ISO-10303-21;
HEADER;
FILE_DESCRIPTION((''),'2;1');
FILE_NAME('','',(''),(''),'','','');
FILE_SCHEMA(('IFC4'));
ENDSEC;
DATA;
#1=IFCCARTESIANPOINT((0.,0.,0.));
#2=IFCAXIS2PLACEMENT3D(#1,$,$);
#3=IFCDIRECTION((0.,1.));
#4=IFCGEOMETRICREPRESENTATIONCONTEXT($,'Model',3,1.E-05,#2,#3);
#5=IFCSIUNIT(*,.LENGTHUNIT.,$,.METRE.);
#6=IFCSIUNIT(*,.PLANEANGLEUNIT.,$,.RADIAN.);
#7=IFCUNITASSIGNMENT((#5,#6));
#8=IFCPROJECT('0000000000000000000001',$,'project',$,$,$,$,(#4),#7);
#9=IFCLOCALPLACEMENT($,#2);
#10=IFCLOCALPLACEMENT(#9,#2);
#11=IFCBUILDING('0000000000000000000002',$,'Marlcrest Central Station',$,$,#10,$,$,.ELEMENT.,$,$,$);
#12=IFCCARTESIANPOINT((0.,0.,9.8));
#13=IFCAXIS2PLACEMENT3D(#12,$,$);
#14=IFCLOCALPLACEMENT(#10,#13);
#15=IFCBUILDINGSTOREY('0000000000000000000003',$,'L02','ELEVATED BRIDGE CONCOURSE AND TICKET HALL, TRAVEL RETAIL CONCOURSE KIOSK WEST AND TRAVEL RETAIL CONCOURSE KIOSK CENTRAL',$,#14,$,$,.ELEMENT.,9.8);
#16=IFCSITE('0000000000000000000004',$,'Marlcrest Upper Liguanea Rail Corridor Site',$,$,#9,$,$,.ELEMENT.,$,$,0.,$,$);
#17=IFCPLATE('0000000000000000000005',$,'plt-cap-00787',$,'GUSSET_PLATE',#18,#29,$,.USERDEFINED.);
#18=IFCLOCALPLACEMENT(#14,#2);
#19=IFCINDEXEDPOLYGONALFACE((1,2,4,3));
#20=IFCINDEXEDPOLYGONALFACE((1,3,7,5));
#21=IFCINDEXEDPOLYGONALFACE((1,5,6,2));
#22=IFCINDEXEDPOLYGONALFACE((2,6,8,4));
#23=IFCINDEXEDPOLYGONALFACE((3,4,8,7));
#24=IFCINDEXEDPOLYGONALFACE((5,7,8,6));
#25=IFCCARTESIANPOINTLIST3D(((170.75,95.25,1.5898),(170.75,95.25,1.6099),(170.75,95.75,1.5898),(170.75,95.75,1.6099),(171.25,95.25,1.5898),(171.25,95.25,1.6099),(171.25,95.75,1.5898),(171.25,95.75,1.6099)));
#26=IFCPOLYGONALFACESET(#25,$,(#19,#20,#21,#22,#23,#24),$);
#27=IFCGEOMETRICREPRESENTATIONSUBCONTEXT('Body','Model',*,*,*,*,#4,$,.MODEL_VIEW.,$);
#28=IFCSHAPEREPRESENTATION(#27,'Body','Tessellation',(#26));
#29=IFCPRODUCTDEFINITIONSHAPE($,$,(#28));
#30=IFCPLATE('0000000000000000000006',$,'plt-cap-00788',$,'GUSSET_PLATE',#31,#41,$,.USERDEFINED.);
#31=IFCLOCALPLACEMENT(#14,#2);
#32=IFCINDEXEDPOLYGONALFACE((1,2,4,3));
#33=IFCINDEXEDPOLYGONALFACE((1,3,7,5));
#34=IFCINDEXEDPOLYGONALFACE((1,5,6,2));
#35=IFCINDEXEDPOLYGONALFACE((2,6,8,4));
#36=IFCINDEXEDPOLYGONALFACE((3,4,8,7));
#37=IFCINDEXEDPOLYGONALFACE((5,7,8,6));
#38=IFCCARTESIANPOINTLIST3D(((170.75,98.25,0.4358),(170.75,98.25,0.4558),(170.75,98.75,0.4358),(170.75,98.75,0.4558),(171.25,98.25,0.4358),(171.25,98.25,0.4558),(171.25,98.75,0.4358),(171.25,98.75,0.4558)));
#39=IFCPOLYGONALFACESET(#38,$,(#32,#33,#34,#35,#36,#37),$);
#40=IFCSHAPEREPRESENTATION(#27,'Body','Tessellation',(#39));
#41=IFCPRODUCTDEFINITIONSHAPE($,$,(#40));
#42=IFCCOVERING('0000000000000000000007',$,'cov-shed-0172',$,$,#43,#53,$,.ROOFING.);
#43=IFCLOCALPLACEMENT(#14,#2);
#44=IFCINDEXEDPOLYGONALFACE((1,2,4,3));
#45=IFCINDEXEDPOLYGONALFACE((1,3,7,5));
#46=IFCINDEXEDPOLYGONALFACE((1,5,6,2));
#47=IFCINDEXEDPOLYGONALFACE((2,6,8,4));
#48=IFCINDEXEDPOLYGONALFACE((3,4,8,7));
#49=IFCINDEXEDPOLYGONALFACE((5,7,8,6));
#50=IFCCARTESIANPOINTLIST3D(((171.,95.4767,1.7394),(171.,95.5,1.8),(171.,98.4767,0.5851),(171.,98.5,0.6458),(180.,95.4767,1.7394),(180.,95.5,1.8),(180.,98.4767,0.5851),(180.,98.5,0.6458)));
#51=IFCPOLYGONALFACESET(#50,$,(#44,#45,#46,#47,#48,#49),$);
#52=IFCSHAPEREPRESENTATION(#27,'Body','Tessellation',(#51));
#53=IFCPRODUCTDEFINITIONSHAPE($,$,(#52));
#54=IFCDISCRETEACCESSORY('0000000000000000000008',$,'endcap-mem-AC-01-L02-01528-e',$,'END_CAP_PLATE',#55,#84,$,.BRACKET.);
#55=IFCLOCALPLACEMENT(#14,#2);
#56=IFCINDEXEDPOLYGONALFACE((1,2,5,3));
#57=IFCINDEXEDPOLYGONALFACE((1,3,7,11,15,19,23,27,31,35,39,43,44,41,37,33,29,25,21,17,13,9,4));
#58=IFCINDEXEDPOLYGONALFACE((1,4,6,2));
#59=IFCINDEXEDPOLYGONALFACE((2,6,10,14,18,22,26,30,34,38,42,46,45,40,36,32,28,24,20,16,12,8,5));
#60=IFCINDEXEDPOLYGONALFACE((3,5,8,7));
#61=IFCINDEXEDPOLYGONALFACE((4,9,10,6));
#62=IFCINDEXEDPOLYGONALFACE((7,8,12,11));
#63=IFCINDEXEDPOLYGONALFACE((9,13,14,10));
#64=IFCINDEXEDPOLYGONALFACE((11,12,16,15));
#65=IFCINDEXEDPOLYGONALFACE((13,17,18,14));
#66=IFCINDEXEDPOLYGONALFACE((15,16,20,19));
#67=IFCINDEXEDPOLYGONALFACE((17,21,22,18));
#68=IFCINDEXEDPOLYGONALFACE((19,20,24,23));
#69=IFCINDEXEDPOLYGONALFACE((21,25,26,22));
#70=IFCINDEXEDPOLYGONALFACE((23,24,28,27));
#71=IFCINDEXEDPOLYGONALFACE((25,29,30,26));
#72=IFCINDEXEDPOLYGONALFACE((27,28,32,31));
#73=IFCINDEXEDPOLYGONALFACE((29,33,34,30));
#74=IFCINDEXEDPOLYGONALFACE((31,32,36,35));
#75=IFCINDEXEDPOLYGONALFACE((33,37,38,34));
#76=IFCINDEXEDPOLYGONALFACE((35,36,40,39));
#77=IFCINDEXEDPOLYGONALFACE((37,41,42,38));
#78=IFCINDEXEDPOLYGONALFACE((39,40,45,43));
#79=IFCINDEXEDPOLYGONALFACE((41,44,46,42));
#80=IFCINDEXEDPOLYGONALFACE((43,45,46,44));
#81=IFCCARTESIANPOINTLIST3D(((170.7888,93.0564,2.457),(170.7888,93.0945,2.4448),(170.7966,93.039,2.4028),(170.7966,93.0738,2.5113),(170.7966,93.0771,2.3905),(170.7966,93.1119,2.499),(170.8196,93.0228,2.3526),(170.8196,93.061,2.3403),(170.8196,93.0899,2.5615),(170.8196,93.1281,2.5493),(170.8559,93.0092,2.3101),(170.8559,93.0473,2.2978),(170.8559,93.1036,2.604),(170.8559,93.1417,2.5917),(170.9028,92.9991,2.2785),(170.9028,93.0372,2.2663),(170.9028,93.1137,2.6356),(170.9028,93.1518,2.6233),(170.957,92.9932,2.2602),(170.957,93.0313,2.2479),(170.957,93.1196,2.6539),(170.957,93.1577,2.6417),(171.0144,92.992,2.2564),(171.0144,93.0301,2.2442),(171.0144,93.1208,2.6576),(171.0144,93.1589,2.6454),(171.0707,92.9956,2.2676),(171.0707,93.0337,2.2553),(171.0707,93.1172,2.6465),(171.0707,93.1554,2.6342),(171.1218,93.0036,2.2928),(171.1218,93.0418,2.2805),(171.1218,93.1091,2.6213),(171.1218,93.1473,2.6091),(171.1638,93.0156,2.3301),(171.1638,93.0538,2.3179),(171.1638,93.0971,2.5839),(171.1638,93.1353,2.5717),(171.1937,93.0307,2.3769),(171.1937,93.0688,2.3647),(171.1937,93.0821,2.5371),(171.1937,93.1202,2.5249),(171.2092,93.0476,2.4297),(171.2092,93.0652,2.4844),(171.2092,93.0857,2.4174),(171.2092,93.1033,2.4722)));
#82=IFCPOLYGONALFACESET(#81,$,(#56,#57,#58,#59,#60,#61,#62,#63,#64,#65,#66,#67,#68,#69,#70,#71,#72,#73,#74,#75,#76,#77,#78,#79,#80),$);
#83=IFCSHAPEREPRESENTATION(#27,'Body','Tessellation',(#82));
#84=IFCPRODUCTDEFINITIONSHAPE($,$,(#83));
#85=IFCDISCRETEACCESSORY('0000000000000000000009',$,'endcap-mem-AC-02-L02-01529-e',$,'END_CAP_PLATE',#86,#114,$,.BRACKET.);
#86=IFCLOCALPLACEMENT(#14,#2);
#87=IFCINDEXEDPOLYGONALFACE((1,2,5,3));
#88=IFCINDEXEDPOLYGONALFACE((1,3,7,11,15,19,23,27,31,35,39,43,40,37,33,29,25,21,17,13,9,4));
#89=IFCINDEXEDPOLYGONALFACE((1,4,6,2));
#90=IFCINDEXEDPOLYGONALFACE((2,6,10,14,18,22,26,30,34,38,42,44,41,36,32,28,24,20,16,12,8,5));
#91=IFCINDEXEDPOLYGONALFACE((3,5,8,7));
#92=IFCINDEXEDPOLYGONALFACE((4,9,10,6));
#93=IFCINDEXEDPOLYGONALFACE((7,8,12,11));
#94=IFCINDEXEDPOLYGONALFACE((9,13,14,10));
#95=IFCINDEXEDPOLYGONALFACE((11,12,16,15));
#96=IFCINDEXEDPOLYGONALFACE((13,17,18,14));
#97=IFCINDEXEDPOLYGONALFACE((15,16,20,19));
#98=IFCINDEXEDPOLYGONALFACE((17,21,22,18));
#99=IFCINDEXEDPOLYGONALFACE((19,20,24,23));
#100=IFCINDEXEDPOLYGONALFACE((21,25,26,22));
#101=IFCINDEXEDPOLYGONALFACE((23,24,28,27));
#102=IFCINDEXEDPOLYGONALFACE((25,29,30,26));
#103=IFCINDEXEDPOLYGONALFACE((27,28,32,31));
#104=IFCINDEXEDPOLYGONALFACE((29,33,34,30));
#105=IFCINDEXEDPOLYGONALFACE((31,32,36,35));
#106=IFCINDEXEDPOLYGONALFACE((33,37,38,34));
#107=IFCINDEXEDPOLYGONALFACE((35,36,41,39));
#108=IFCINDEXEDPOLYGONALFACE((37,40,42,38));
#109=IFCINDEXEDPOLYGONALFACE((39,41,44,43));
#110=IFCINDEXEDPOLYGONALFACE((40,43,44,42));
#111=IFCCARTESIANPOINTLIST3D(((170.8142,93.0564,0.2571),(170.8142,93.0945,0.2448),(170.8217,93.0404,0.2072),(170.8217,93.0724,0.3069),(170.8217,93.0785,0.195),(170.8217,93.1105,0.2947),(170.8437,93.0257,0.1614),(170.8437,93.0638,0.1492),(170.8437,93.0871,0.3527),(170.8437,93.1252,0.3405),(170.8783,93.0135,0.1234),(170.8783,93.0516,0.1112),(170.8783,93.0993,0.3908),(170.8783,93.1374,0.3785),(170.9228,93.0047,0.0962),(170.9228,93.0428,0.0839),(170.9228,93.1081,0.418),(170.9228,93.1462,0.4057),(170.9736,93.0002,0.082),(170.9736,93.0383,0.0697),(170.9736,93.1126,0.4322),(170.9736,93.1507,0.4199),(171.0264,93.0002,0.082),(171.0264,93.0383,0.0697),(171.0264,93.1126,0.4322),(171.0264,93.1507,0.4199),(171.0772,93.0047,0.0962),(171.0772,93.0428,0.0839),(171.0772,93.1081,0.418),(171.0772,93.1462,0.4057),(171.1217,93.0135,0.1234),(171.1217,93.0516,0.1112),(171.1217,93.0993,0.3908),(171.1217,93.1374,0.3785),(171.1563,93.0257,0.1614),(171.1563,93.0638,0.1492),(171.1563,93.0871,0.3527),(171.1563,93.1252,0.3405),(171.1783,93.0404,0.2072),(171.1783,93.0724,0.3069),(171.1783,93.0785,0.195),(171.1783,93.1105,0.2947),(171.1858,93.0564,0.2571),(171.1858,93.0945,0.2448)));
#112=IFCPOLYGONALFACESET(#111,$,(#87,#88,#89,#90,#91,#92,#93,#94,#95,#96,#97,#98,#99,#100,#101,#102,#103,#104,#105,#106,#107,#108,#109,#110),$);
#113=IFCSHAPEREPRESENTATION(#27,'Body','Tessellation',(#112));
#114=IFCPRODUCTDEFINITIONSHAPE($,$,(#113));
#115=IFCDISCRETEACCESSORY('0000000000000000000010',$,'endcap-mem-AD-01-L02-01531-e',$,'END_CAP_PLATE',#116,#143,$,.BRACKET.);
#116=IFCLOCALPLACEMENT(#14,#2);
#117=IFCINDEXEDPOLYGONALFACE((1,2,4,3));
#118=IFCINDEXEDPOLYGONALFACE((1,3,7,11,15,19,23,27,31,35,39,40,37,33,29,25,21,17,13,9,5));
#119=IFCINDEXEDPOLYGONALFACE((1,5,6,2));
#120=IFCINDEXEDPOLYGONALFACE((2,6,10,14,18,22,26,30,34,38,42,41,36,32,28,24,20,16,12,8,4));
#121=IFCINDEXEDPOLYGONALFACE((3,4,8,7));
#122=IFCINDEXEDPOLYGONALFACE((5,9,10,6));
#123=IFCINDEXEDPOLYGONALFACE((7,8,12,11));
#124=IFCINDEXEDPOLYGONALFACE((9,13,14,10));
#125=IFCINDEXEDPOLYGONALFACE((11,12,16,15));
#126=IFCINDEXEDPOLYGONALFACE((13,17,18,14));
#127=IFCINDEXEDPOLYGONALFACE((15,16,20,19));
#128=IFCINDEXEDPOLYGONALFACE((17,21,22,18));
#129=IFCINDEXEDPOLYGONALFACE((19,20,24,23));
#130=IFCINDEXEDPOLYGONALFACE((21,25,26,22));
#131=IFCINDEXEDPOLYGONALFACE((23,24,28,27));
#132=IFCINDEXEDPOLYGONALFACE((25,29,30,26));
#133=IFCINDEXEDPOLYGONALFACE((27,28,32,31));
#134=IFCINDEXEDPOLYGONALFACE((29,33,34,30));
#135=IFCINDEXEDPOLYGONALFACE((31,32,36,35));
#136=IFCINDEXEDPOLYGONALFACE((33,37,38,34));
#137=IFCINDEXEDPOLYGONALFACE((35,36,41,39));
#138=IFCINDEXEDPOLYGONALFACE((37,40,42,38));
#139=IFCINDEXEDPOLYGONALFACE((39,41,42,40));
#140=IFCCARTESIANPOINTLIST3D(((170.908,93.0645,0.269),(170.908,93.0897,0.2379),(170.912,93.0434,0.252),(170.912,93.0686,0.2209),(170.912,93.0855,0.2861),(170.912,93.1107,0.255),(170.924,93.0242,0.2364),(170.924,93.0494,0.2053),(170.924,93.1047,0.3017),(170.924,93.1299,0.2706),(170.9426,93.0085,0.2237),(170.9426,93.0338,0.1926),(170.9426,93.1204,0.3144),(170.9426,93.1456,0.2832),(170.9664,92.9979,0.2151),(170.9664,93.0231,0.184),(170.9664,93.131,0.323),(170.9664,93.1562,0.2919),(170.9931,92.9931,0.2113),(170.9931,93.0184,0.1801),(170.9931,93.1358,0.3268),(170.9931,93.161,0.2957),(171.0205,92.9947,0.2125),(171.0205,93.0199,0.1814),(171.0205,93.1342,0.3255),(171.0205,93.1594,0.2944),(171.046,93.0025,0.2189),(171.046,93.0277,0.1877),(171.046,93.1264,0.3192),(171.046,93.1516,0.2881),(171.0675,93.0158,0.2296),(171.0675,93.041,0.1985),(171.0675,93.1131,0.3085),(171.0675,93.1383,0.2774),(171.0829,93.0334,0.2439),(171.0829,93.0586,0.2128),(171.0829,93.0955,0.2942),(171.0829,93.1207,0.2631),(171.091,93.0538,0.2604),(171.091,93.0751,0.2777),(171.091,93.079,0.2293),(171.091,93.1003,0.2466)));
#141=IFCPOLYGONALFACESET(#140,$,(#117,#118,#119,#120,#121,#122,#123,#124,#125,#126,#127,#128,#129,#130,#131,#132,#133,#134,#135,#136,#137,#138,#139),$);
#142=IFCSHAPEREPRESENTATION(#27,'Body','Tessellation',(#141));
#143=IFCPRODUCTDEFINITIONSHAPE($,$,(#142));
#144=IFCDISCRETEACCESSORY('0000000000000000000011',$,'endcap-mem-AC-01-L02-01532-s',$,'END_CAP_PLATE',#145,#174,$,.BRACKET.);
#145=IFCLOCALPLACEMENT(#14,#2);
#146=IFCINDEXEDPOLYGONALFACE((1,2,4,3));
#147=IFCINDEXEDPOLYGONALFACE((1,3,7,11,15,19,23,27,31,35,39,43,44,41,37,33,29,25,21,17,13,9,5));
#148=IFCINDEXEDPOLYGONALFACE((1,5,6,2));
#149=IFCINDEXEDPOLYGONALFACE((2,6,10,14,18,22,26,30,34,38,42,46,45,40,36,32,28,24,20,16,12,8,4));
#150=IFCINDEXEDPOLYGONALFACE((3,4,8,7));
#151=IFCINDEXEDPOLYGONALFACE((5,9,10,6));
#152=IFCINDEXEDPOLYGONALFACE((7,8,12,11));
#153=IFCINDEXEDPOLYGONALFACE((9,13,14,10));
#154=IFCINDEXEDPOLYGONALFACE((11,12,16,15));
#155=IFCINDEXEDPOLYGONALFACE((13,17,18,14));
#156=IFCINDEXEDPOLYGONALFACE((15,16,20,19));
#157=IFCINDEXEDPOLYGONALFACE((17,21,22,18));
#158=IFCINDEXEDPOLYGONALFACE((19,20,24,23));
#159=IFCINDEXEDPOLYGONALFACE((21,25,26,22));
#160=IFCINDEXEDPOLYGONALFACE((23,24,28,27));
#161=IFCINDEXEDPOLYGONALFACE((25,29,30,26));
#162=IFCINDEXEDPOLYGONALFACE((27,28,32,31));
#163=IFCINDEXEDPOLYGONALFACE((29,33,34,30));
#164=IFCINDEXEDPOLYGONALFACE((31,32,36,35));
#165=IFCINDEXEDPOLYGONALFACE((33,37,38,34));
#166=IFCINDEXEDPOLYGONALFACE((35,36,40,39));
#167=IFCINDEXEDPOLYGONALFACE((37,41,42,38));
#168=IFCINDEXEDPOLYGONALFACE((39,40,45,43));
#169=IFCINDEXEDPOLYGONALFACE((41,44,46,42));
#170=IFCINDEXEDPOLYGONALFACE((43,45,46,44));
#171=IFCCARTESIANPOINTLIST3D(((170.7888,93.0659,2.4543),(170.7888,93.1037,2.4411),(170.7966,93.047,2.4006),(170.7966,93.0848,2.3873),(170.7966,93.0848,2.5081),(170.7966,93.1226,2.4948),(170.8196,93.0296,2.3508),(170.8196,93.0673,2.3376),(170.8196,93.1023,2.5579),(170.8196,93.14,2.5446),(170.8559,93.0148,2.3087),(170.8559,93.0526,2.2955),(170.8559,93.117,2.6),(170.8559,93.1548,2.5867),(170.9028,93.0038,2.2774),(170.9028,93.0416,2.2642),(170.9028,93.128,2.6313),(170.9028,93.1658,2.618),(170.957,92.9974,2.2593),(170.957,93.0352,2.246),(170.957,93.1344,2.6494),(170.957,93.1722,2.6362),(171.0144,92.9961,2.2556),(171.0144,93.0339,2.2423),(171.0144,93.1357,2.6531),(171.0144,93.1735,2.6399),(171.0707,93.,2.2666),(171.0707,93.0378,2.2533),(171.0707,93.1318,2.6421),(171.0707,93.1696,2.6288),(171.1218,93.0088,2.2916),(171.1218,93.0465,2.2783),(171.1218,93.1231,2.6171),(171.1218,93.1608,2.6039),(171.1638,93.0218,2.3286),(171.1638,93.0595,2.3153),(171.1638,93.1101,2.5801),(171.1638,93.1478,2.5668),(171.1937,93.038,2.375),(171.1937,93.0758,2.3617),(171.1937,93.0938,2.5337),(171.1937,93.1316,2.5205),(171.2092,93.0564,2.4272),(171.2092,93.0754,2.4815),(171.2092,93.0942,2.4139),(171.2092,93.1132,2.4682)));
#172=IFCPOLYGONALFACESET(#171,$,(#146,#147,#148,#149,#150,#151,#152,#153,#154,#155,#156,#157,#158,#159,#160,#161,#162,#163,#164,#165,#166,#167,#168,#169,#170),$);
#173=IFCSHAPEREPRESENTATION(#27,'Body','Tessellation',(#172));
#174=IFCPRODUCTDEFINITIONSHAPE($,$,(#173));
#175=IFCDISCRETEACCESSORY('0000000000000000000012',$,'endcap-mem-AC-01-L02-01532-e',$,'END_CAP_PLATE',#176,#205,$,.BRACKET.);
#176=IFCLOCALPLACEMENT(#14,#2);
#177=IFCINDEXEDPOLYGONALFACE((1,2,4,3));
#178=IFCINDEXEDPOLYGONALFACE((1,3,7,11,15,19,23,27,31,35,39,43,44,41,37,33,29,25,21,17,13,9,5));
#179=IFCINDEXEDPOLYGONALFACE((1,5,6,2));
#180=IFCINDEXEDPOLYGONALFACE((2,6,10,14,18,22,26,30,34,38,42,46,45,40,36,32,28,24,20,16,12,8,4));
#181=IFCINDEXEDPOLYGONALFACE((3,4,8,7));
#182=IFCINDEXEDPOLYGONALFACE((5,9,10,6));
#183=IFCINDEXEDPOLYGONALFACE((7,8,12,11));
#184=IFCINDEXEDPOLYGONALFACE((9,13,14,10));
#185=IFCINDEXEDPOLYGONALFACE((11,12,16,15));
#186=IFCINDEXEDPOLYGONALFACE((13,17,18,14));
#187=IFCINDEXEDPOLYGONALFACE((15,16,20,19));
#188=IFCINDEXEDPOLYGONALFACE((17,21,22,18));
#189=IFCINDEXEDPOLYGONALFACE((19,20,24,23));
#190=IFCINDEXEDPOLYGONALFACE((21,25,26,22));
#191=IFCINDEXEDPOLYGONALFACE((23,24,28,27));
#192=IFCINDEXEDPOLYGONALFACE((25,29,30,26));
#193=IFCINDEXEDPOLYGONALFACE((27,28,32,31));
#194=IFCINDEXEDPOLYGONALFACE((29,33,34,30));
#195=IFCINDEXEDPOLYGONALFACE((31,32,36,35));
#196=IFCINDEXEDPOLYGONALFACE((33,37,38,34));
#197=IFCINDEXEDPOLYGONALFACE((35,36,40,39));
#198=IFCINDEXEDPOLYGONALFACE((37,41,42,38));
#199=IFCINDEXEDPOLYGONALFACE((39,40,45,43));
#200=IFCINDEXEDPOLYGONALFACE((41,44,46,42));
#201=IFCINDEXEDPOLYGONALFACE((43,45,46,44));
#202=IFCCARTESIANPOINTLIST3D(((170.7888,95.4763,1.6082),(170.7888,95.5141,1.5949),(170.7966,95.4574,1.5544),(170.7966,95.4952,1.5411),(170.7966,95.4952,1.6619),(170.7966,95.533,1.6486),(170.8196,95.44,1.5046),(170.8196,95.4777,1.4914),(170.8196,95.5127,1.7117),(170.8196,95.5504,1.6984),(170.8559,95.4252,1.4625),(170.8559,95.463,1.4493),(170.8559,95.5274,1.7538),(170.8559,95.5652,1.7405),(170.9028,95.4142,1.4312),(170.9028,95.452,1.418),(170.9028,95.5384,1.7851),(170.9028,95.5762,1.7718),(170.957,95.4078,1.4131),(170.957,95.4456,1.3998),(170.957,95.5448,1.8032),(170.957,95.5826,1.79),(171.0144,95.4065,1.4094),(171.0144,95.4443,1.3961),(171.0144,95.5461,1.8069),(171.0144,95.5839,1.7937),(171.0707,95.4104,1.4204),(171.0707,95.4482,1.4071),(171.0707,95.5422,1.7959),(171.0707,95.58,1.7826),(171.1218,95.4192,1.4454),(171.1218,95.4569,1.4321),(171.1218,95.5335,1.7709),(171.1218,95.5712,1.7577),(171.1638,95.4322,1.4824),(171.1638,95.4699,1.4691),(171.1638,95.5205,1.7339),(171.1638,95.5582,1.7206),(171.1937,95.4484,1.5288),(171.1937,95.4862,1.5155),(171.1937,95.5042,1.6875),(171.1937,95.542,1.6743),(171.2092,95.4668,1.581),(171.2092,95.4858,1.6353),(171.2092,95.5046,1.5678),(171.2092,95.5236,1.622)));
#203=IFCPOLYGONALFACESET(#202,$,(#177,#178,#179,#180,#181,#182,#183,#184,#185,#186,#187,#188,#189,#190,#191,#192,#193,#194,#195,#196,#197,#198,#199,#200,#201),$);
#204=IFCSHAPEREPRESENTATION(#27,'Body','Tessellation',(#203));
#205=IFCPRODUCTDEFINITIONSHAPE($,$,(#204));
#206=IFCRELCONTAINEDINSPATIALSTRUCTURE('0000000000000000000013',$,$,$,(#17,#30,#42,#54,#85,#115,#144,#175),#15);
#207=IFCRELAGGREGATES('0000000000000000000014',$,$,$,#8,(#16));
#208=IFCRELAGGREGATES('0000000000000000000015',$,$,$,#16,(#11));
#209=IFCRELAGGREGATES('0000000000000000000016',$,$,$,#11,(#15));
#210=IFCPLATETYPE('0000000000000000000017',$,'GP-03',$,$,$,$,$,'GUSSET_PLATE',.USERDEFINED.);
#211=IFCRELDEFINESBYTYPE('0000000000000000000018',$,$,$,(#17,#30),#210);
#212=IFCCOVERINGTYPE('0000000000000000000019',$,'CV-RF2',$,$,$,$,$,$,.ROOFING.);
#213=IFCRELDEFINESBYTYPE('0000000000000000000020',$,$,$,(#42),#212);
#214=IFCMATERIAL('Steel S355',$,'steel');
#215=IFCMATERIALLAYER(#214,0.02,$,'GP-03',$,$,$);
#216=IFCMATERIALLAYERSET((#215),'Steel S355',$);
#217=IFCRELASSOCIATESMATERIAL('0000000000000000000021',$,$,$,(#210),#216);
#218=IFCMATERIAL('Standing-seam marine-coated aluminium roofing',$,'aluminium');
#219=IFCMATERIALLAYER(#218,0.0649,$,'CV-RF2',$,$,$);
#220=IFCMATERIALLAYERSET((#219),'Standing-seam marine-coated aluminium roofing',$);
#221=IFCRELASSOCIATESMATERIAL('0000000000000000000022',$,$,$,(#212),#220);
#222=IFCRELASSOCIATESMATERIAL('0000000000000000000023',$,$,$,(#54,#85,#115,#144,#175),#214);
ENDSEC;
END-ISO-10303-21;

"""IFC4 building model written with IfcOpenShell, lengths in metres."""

from ifc_helpers import new_model, si_unit, direction, frame, origin, origin_2d, place, context, subcontext, project, spatial, polyline, rectangle, circle, outline, extrude, material, layer, layer_set, type_object, element, save


model = new_model("IFC4")

# Units and contexts
model_context = context("Model", 3, precision=1e-05, world=origin(), true_north=direction((0.0, 1.0)))
body_context = subcontext(model_context, "Body", "Model", "MODEL_VIEW")
ifc_project = project(units=[si_unit("LENGTHUNIT", "METRE"), si_unit("PLANEANGLEUNIT", "RADIAN")], contexts=[model_context])

# Site, building, storey
site_placement = place(None, origin())
site = spatial("IfcSite", under=ifc_project, at=site_placement, Name="Marlcrest Upper Liguanea Rail Corridor Site", CompositionType="ELEMENT", RefElevation=0.0)
building_placement = place(site_placement, origin())
building = spatial("IfcBuilding", under=site, at=building_placement, Name="Marlcrest Central Station", CompositionType="ELEMENT")
storey_placement = place(building_placement, frame((0.0, 0.0, 9.8)))
storey = spatial("IfcBuildingStorey", under=building, at=storey_placement, Name="L02", Description="ELEVATED BRIDGE CONCOURSE AND TICKET HALL, TRAVEL RETAIL CONCOURSE KIOSK WEST AND TRAVEL RETAIL CONCOURSE KIOSK CENTRAL", CompositionType="ELEMENT", Elevation=9.8)

# Shared definitions
ifc_material_1 = material(Name="Steel S355", Category="steel")

# Plates
ifc_layer_1 = layer(ifc_material_1, 0.02, Name="GP-03")
ifc_layer_set_1 = layer_set([ifc_layer_1], Name="Steel S355")
plate_type = type_object("IfcPlateType", Name="GP-03", ElementType="GUSSET_PLATE", PredefinedType="USERDEFINED", material=ifc_layer_set_1)
for number, where, z_axis, x_axis, name in (
    (1, (171.0, 95.5, 1.5898), (0.0, 0.0, 1.0), (1.0, 0.0, 0.0), "plt-cap-00787"),
    (2, (171.0, 98.5, 0.4358), (0.0, 0.0, 1.0), (1.0, 0.0, 0.0), "plt-cap-00788"),
):
    element("IfcPlate", number, at=place(storey_placement, frame(where, z_axis=z_axis, x_axis=x_axis)), inside=storey, type_object=plate_type, Name=name, ObjectType="GUSSET_PLATE", PredefinedType="USERDEFINED", context=body_context, shape_type="SweptSolid", body=[
        extrude(rectangle(XDim=0.5, YDim=0.5, at=origin_2d()), origin(), (0.0, 0.0, 1.0), 0.02),
    ])

# Covering
ifc_material_2 = material(Name="Standing-seam marine-coated aluminium roofing", Category="aluminium")
ifc_layer_2 = layer(ifc_material_2, 0.0649, Name="CV-RF2")
ifc_layer_set_2 = layer_set([ifc_layer_2], Name="Standing-seam marine-coated aluminium roofing")
covering_type = type_object("IfcCoveringType", Name="CV-RF2", PredefinedType="ROOFING", material=ifc_layer_set_2)
covering_placement = place(storey_placement, frame((171.0, 95.5, 1.8), z_axis=(0.0, 0.359101, 0.933299), x_axis=(1.0, 0.0, 0.0)))
element("IfcCovering", 3, at=covering_placement, inside=storey, type_object=covering_type, Name="cov-shed-0172", PredefinedType="ROOFING", context=body_context, shape_type="SweptSolid", body=[
    extrude(outline(polyline([(0.0, 0.0), (9.0, 0.0), (9.0, 3.2144), (0.0, 3.2144), (0.0, 0.0)])), origin(), (0.0, 0.0, -1.0), 0.0649),
])

# Discrete accessories
discrete_accessory_1_placement = place(storey_placement, frame((171.0, 93.0564, 2.457), z_axis=(0.0, 0.952117, -0.305734), x_axis=(-1.0, 0.0, 0.0)))
element("IfcDiscreteAccessory", 4, at=discrete_accessory_1_placement, inside=storey, material=ifc_material_1, Name="endcap-mem-AC-01-L02-01528-e", ObjectType="END_CAP_PLATE", PredefinedType="BRACKET", context=body_context, shape_type="SweptSolid", body=[
    extrude(circle(Radius=0.2112, at=origin_2d()), origin(), (0.0, 0.0, 1.0), 0.04),
])
discrete_accessory_2_placement = place(storey_placement, frame((171.0, 93.0564, 0.2571), z_axis=(0.0, 0.952117, -0.305734), x_axis=(-1.0, 0.0, 0.0)))
element("IfcDiscreteAccessory", 5, at=discrete_accessory_2_placement, inside=storey, material=ifc_material_1, Name="endcap-mem-AC-02-L02-01529-e", ObjectType="END_CAP_PLATE", PredefinedType="BRACKET", context=body_context, shape_type="SweptSolid", body=[
    extrude(circle(Radius=0.1858, at=origin_2d()), origin(), (0.0, 0.0, 1.0), 0.04),
])
discrete_accessory_3_placement = place(storey_placement, frame((171.0, 93.0645, 0.269), z_axis=(0.0, 0.629629, -0.776896), x_axis=(-1.0, 0.0, 0.0)))
element("IfcDiscreteAccessory", 6, at=discrete_accessory_3_placement, inside=storey, material=ifc_material_1, Name="endcap-mem-AD-01-L02-01531-e", ObjectType="END_CAP_PLATE", PredefinedType="BRACKET", context=body_context, shape_type="SweptSolid", body=[
    extrude(circle(Radius=0.092, at=origin_2d()), origin(), (0.0, 0.0, 1.0), 0.04),
])
for number, where, z_axis, x_axis, name in (
    (7, (171.0, 93.0659, 2.4543), (0.0, 0.943537, -0.331266), (-1.0, 0.0, 0.0), "endcap-mem-AC-01-L02-01532-s"),
    (8, (171.0, 95.4763, 1.6082), (0.0, 0.943537, -0.331266), (-1.0, 0.0, 0.0), "endcap-mem-AC-01-L02-01532-e"),
):
    element("IfcDiscreteAccessory", number, at=place(storey_placement, frame(where, z_axis=z_axis, x_axis=x_axis)), inside=storey, material=ifc_material_1, Name=name, ObjectType="END_CAP_PLATE", PredefinedType="BRACKET", context=body_context, shape_type="SweptSolid", body=[
        extrude(circle(Radius=0.2112, at=origin_2d()), origin(), (0.0, 0.0, 1.0), 0.04),
    ])

save(model, "model.ifc")
